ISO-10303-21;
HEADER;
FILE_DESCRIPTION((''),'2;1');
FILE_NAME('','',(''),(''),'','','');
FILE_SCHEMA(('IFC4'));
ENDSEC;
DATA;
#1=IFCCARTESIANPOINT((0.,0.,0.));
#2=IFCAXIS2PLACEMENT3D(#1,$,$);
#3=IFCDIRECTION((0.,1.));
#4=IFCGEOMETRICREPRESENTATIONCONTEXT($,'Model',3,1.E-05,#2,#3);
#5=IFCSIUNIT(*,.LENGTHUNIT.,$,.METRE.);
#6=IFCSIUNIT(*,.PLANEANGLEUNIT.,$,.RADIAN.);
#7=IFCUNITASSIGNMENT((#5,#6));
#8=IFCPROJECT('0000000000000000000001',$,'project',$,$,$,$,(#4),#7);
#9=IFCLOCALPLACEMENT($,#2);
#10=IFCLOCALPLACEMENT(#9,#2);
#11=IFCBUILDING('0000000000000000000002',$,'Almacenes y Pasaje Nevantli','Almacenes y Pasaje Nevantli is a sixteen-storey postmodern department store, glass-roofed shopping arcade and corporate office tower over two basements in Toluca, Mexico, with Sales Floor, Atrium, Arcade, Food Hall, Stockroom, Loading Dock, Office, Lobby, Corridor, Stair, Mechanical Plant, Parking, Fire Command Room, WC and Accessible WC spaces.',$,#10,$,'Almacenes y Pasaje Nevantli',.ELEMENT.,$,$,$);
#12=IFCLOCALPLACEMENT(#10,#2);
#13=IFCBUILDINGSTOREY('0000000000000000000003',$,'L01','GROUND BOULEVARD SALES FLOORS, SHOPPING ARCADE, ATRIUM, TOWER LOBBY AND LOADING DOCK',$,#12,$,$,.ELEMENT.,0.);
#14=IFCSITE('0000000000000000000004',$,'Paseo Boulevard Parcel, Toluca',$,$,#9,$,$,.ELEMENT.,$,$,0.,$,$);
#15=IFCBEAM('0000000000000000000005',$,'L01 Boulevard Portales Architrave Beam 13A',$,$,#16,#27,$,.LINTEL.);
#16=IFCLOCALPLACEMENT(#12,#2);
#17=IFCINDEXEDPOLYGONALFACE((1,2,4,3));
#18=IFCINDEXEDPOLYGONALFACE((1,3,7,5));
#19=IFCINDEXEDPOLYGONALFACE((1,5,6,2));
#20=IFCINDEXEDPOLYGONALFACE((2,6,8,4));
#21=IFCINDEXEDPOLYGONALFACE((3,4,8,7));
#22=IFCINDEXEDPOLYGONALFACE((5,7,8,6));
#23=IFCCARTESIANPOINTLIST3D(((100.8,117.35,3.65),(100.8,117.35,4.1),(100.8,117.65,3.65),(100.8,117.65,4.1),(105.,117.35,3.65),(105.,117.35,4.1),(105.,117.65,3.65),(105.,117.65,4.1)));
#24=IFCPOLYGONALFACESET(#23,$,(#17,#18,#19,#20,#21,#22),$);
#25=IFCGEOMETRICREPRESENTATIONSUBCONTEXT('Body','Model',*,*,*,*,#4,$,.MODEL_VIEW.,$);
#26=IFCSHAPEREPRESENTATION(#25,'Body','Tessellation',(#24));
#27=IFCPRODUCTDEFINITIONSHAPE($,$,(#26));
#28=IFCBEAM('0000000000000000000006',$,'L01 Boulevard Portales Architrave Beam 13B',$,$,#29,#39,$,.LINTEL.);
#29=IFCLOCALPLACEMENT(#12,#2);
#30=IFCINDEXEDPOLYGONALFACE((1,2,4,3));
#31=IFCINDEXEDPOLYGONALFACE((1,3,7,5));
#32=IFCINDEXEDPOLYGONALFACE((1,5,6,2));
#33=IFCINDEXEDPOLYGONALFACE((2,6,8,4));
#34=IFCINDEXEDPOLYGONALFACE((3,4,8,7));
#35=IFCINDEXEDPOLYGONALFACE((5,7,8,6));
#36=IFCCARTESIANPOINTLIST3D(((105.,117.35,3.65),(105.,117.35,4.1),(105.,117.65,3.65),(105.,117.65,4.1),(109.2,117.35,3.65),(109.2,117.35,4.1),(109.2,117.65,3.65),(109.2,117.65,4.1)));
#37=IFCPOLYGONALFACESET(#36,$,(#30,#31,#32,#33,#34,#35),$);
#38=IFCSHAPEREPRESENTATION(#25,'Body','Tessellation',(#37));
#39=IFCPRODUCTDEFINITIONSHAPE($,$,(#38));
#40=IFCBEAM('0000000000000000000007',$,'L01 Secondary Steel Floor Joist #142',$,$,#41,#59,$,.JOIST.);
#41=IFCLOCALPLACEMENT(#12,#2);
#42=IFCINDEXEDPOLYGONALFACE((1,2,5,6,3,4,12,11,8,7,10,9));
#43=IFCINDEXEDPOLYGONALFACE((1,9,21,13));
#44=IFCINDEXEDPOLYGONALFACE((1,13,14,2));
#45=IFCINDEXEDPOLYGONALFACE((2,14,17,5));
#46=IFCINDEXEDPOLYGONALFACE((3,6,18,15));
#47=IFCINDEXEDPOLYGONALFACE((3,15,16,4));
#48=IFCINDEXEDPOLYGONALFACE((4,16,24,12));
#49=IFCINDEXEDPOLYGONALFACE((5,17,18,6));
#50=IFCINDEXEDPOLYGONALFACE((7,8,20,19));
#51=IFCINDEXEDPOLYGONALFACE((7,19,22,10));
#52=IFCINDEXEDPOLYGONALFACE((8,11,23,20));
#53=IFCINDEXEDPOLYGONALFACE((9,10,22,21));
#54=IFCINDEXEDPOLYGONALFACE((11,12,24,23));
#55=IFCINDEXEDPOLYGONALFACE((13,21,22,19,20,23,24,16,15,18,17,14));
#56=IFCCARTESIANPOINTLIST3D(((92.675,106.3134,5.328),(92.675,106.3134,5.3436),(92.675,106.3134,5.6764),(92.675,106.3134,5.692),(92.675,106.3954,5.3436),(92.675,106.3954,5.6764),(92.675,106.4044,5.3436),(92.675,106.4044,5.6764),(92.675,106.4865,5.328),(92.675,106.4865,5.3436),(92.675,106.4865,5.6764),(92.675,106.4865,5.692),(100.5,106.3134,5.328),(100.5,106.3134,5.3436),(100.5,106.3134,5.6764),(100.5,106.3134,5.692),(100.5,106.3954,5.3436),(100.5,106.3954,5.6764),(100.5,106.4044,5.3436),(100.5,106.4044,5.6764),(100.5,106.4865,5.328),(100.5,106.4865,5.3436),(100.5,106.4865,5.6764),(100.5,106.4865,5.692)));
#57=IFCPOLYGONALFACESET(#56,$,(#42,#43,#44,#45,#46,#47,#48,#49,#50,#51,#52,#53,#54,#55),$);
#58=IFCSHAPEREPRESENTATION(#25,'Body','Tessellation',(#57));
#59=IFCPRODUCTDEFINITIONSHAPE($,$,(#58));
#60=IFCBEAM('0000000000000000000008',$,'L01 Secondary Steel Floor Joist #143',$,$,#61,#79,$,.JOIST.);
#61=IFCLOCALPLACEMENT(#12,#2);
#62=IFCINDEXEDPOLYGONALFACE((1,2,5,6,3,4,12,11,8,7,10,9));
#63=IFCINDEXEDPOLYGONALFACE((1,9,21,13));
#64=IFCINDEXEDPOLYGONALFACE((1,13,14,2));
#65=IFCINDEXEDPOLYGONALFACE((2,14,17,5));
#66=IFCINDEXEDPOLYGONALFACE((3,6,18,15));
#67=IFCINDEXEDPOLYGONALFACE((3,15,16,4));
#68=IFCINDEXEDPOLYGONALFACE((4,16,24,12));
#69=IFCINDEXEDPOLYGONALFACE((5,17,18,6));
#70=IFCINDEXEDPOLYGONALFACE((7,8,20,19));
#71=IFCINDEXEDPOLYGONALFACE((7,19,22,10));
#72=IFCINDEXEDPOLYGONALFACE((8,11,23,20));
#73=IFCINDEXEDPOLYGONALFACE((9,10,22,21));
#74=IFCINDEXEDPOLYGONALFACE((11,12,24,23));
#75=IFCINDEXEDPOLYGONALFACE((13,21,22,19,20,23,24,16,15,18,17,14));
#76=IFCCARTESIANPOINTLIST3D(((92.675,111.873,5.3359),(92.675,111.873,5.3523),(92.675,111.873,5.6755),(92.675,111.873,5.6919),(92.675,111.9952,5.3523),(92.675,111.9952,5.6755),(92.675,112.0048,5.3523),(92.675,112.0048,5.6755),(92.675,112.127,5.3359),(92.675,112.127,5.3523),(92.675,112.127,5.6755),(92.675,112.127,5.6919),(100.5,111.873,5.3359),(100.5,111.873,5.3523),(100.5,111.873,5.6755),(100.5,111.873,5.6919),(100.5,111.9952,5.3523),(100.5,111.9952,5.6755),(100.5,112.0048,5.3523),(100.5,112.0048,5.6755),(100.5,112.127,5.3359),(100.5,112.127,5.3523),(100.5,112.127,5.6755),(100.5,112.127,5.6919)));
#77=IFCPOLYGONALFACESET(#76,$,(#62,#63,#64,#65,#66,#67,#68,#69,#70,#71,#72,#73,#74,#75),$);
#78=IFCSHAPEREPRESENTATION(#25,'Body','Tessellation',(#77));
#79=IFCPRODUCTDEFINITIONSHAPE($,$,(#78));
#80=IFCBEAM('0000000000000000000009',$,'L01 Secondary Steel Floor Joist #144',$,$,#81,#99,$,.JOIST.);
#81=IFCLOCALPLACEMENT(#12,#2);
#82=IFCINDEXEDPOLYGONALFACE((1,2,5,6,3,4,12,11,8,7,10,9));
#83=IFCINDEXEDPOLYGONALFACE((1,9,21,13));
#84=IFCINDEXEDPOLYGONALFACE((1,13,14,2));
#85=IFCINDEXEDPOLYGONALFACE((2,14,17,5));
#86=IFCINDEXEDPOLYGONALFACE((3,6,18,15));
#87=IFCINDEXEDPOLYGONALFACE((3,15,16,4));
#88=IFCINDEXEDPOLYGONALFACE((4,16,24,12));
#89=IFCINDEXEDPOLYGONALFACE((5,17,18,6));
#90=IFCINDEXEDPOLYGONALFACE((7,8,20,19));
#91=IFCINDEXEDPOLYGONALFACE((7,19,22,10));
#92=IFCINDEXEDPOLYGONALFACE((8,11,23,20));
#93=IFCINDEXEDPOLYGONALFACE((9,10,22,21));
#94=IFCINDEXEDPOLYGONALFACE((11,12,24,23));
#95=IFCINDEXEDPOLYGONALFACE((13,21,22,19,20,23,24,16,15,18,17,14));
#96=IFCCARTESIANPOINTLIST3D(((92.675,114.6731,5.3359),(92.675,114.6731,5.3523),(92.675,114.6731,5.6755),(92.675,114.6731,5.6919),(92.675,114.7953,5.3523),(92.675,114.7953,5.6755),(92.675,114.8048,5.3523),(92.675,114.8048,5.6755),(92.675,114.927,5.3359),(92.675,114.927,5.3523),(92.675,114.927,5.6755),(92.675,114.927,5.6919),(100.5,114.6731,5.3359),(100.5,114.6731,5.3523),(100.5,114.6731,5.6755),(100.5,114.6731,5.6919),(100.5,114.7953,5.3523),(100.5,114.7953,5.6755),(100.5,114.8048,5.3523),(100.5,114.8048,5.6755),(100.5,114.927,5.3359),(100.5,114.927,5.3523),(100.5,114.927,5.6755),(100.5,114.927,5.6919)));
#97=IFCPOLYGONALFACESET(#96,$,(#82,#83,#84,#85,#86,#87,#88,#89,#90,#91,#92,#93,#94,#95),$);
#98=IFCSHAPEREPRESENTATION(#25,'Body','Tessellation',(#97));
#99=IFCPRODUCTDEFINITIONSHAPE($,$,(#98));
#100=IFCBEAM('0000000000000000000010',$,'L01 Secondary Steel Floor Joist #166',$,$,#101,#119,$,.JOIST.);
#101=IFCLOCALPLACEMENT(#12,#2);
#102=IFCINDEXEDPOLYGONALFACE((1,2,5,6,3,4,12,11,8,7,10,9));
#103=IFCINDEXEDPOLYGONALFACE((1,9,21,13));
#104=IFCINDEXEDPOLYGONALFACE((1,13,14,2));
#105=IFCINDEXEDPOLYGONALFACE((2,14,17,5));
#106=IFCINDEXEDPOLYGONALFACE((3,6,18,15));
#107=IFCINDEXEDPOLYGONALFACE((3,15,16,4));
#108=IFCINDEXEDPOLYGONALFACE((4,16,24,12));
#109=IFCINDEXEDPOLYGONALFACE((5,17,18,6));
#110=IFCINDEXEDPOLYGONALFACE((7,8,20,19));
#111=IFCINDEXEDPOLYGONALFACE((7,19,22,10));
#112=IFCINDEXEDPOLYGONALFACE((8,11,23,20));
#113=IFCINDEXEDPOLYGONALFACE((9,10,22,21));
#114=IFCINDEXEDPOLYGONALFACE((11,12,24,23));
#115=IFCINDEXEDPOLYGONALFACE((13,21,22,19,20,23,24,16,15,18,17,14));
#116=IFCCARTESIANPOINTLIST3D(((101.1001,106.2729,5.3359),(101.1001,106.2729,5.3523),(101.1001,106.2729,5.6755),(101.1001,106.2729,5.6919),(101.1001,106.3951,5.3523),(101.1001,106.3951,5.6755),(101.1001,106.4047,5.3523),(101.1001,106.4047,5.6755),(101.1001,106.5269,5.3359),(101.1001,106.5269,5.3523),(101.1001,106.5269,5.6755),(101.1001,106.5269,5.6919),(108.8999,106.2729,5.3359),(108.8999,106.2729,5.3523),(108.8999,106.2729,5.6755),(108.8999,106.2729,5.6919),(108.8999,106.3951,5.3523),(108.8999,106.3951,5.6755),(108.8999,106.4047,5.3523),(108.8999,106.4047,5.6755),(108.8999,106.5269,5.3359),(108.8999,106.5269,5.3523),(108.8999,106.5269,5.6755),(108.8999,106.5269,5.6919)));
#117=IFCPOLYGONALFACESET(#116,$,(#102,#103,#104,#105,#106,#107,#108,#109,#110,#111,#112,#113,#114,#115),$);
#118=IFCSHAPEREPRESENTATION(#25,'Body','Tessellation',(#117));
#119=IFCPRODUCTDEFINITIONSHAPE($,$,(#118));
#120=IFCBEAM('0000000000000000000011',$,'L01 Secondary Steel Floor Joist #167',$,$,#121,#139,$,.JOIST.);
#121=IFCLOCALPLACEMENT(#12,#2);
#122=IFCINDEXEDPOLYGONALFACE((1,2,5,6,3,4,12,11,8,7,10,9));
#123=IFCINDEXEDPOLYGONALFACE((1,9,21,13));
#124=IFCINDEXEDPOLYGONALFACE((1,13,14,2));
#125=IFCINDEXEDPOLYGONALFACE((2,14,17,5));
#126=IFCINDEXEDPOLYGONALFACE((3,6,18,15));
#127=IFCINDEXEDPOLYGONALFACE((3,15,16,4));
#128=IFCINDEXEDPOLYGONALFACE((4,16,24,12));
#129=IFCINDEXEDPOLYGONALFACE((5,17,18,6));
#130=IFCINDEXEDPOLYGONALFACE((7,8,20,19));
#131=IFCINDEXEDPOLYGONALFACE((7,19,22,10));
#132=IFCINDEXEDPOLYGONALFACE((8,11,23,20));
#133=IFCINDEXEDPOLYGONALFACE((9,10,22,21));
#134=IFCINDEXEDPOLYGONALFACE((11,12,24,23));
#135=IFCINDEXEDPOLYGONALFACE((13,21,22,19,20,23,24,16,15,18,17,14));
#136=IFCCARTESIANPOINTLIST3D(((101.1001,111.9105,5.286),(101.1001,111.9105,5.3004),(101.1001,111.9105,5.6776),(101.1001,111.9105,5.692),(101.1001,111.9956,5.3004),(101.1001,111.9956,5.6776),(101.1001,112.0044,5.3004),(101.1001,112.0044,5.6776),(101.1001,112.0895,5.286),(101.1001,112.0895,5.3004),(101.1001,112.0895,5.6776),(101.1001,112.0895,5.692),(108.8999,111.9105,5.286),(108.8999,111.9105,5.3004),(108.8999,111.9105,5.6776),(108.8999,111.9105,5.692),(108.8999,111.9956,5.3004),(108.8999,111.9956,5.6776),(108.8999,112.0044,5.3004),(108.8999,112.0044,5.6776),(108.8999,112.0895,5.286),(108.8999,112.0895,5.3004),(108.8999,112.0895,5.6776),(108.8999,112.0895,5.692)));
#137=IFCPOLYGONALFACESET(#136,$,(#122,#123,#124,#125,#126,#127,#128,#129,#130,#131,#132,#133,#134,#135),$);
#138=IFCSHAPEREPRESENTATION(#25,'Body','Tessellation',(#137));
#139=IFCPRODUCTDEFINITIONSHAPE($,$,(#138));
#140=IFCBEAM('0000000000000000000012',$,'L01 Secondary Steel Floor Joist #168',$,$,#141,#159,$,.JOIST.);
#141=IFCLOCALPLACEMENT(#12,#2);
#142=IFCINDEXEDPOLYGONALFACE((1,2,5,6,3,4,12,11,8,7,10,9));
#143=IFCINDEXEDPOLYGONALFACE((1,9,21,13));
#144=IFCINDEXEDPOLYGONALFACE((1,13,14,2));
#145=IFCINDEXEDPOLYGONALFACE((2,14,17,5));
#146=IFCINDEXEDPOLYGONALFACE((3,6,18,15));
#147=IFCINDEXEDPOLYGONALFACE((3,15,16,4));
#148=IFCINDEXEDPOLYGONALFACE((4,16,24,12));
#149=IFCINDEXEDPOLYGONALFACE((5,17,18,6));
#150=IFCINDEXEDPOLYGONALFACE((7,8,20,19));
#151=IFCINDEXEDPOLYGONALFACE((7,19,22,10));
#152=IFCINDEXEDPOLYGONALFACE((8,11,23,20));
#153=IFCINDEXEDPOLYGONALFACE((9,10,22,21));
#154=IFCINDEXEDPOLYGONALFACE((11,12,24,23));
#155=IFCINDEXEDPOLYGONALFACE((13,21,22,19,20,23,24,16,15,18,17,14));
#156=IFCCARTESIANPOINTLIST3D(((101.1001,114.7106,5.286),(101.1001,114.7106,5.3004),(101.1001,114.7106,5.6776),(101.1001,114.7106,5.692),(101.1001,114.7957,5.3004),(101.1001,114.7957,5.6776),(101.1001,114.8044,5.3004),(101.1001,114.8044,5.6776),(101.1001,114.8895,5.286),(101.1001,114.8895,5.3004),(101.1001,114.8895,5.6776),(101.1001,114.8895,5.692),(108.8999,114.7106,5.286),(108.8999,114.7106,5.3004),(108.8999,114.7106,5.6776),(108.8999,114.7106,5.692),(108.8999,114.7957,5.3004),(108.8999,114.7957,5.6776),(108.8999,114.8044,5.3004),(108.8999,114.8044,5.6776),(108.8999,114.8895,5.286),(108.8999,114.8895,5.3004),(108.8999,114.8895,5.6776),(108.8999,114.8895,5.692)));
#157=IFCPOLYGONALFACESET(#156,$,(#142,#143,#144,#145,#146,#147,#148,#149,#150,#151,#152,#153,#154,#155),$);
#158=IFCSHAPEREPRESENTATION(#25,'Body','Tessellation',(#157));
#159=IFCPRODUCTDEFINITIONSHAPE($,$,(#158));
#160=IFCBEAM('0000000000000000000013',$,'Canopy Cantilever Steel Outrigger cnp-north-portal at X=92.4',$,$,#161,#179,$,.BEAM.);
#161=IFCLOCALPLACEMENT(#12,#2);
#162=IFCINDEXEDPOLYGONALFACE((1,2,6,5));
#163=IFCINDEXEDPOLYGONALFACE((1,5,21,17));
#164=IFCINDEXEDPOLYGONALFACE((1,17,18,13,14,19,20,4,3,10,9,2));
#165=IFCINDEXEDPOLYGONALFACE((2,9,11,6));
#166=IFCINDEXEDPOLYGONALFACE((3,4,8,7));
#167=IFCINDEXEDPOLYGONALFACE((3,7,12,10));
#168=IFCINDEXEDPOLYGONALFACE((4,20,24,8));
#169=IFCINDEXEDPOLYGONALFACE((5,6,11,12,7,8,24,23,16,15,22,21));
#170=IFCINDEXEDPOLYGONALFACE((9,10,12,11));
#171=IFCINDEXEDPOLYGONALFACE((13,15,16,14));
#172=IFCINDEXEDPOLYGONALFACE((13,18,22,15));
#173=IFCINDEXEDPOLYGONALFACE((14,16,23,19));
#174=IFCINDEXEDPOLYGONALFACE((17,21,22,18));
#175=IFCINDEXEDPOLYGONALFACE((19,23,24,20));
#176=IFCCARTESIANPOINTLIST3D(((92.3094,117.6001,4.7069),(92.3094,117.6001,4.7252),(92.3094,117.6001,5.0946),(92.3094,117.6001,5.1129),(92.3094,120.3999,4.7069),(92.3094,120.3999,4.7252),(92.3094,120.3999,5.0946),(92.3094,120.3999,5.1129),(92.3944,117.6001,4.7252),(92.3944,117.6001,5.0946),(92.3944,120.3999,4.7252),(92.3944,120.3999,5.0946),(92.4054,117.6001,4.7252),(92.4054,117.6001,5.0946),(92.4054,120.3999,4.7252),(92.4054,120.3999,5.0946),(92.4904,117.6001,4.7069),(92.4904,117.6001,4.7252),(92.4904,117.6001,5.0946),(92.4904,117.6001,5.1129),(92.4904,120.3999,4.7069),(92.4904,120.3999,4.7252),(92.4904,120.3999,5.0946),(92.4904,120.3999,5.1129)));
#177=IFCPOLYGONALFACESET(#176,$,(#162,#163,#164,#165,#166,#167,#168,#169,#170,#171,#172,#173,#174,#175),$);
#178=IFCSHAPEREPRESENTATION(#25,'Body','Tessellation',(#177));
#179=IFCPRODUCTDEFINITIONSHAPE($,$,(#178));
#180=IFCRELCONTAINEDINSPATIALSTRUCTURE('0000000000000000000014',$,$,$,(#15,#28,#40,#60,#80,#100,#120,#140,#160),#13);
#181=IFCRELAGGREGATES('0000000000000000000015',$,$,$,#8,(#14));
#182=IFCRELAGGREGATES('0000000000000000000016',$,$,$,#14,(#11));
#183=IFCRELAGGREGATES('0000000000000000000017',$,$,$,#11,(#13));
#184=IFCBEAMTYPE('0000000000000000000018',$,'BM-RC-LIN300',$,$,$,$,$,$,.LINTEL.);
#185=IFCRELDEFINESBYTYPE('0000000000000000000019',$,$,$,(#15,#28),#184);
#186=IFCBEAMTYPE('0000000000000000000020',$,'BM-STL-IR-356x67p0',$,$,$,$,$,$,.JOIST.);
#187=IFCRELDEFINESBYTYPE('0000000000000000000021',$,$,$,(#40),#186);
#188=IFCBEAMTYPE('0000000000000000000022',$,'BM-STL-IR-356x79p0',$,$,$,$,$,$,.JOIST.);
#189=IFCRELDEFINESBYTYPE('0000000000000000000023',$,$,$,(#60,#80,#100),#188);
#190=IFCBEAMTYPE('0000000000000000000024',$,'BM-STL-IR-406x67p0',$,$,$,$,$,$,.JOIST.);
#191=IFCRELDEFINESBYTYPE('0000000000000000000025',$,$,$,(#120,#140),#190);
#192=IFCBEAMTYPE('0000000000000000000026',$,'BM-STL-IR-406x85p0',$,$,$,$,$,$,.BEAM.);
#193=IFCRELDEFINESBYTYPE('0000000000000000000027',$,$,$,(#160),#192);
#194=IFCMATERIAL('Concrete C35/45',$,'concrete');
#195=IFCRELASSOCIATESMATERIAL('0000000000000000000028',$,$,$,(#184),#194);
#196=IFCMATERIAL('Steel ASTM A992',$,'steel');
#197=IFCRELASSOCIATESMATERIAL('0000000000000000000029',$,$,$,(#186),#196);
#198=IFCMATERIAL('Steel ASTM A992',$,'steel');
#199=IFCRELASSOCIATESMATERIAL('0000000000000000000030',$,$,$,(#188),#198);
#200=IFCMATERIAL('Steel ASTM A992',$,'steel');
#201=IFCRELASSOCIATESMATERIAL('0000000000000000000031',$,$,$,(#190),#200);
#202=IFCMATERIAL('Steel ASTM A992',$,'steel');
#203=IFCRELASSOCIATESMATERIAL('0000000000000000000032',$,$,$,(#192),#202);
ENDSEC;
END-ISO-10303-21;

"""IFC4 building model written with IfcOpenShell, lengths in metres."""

from ifc_helpers import new_model, si_unit, direction, frame, origin, origin_2d, place, context, subcontext, project, spatial, rectangle, i_section, extrude, material, material_profile, profile_set, type_object, element, save


model = new_model("IFC4")

# Units and contexts
model_context = context("Model", 3, precision=1e-05, world=origin(), true_north=direction((0.0, 1.0)))
body_context = subcontext(model_context, "Body", "Model", "MODEL_VIEW")
ifc_project = project(units=[si_unit("LENGTHUNIT", "METRE"), si_unit("PLANEANGLEUNIT", "RADIAN")], contexts=[model_context])

# Site, building, storey
site_placement = place(None, origin())
site = spatial("IfcSite", under=ifc_project, at=site_placement, Name="Paseo Boulevard Parcel, Toluca", CompositionType="ELEMENT", RefElevation=0.0)
building_placement = place(site_placement, origin())
building = spatial("IfcBuilding", under=site, at=building_placement, Name="Almacenes y Pasaje Nevantli", Description="Almacenes y Pasaje Nevantli is a sixteen-storey postmodern department store, glass-roofed shopping arcade and corporate office tower over two basements in Toluca, Mexico, with Sales Floor, Atrium, Arcade, Food Hall, Stockroom, Loading Dock, Office, Lobby, Corridor, Stair, Mechanical Plant, Parking, Fire Command Room, WC and Accessible WC spaces.", LongName="Almacenes y Pasaje Nevantli", CompositionType="ELEMENT")
storey_placement = place(building_placement, origin())
storey = spatial("IfcBuildingStorey", under=building, at=storey_placement, Name="L01", Description="GROUND BOULEVARD SALES FLOORS, SHOPPING ARCADE, ATRIUM, TOWER LOBBY AND LOADING DOCK", CompositionType="ELEMENT", Elevation=0.0)

# Beams
ifc_material_1 = material(Name="Concrete C35/45", Category="concrete")
ifc_material_profile_1 = material_profile(ifc_material_1, rectangle(XDim=0.3, YDim=0.45, at=origin_2d()), Name="RC-LIN-300x450")
ifc_profile_set_1 = profile_set([ifc_material_profile_1], Name="Concrete C35/45")
beam_type_1 = type_object("IfcBeamType", Name="BM-RC-LIN300", PredefinedType="LINTEL", material=ifc_profile_set_1)
for number, where, z_axis, x_axis, name in (
    (1, (100.8, 117.5, 3.875), (1.0, 0.0, 0.0), (0.0, 1.0, 0.0), "L01 Boulevard Portales Architrave Beam 13A"),
    (2, (105.0, 117.5, 3.875), (1.0, 0.0, 0.0), (0.0, 1.0, 0.0), "L01 Boulevard Portales Architrave Beam 13B"),
):
    element("IfcBeam", number, at=place(storey_placement, frame(where, z_axis=z_axis, x_axis=x_axis)), inside=storey, type_object=beam_type_1, Name=name, PredefinedType="LINTEL", context=body_context, shape_type="SweptSolid", body=[
        extrude(rectangle(XDim=0.3, YDim=0.45, at=origin_2d()), origin(), (0.0, 0.0, 1.0), 4.2),
    ])
ifc_material_2 = material(Name="Steel ASTM A992", Category="steel")
ifc_material_profile_2 = material_profile(ifc_material_2, i_section(OverallWidth=0.1731, OverallDepth=0.364, WebThickness=0.009, FlangeThickness=0.0156, at=origin_2d()), Name="IR 356x67.0")
ifc_profile_set_2 = profile_set([ifc_material_profile_2], Name="Steel ASTM A992")
beam_type_2 = type_object("IfcBeamType", Name="BM-STL-IR-356x67p0", PredefinedType="JOIST", material=ifc_profile_set_2)
beam_1_placement = place(storey_placement, frame((92.675, 106.3999, 5.51), z_axis=(1.0, 0.0, 0.0), x_axis=(0.0, 1.0, 0.0)))
element("IfcBeam", 3, at=beam_1_placement, inside=storey, type_object=beam_type_2, Name="L01 Secondary Steel Floor Joist #142", PredefinedType="JOIST", context=body_context, shape_type="SweptSolid", body=[
    extrude(i_section(OverallWidth=0.1731, OverallDepth=0.364, WebThickness=0.009, FlangeThickness=0.0156, at=origin_2d()), origin(), (0.0, 0.0, 1.0), 7.825),
])
ifc_material_3 = material(Name="Steel ASTM A992", Category="steel")
ifc_material_profile_3 = material_profile(ifc_material_3, i_section(OverallWidth=0.2539, OverallDepth=0.356, WebThickness=0.0095, FlangeThickness=0.0164, at=origin_2d()), Name="IR 356x79.0")
ifc_profile_set_3 = profile_set([ifc_material_profile_3], Name="Steel ASTM A992")
beam_type_3 = type_object("IfcBeamType", Name="BM-STL-IR-356x79p0", PredefinedType="JOIST", material=ifc_profile_set_3)
for number, where, z_axis, x_axis, name in (
    (4, (92.675, 112.0, 5.5139), (1.0, 0.0, 0.0), (0.0, 1.0, 0.0), "L01 Secondary Steel Floor Joist #143"),
    (5, (92.675, 114.8, 5.5139), (1.0, 0.0, 0.0), (0.0, 1.0, 0.0), "L01 Secondary Steel Floor Joist #144"),
):
    element("IfcBeam", number, at=place(storey_placement, frame(where, z_axis=z_axis, x_axis=x_axis)), inside=storey, type_object=beam_type_3, Name=name, PredefinedType="JOIST", context=body_context, shape_type="SweptSolid", body=[
        extrude(i_section(OverallWidth=0.2539, OverallDepth=0.356, WebThickness=0.0095, FlangeThickness=0.0164, at=origin_2d()), origin(), (0.0, 0.0, 1.0), 7.825),
    ])
beam_2_placement = place(storey_placement, frame((101.1001, 106.3999, 5.5139), z_axis=(1.0, 0.0, 0.0), x_axis=(0.0, 1.0, 0.0)))
element("IfcBeam", 6, at=beam_2_placement, inside=storey, type_object=beam_type_3, Name="L01 Secondary Steel Floor Joist #166", PredefinedType="JOIST", context=body_context, shape_type="SweptSolid", body=[
    extrude(i_section(OverallWidth=0.2539, OverallDepth=0.356, WebThickness=0.0095, FlangeThickness=0.0164, at=origin_2d()), origin(), (0.0, 0.0, 1.0), 7.7998),
])
ifc_material_4 = material(Name="Steel ASTM A992", Category="steel")
ifc_material_profile_4 = material_profile(ifc_material_4, i_section(OverallWidth=0.179, OverallDepth=0.406, WebThickness=0.0088, FlangeThickness=0.0144, at=origin_2d()), Name="IR 406x67.0")
ifc_profile_set_4 = profile_set([ifc_material_profile_4], Name="Steel ASTM A992")
beam_type_4 = type_object("IfcBeamType", Name="BM-STL-IR-406x67p0", PredefinedType="JOIST", material=ifc_profile_set_4)
for number, where, z_axis, x_axis, name in (
    (7, (101.1001, 112.0, 5.489), (1.0, 0.0, 0.0), (0.0, 1.0, 0.0), "L01 Secondary Steel Floor Joist #167"),
    (8, (101.1001, 114.8, 5.489), (1.0, 0.0, 0.0), (0.0, 1.0, 0.0), "L01 Secondary Steel Floor Joist #168"),
):
    element("IfcBeam", number, at=place(storey_placement, frame(where, z_axis=z_axis, x_axis=x_axis)), inside=storey, type_object=beam_type_4, Name=name, PredefinedType="JOIST", context=body_context, shape_type="SweptSolid", body=[
        extrude(i_section(OverallWidth=0.179, OverallDepth=0.406, WebThickness=0.0088, FlangeThickness=0.0144, at=origin_2d()), origin(), (0.0, 0.0, 1.0), 7.7998),
    ])
ifc_material_5 = material(Name="Steel ASTM A992", Category="steel")
ifc_material_profile_5 = material_profile(ifc_material_5, i_section(OverallWidth=0.1809, OverallDepth=0.406, WebThickness=0.011, FlangeThickness=0.0183, at=origin_2d()), Name="IR 406x85.0")
ifc_profile_set_5 = profile_set([ifc_material_profile_5], Name="Steel ASTM A992")
beam_type_5 = type_object("IfcBeamType", Name="BM-STL-IR-406x85p0", PredefinedType="BEAM", material=ifc_profile_set_5)
beam_3_placement = place(storey_placement, frame((92.3999, 117.6001, 4.9099), z_axis=(0.0, 1.0, 0.0), x_axis=(-1.0, 0.0, 0.0)))
element("IfcBeam", 9, at=beam_3_placement, inside=storey, type_object=beam_type_5, Name="Canopy Cantilever Steel Outrigger cnp-north-portal at X=92.4", PredefinedType="BEAM", context=body_context, shape_type="SweptSolid", body=[
    extrude(i_section(OverallWidth=0.1809, OverallDepth=0.406, WebThickness=0.011, FlangeThickness=0.0183, at=origin_2d()), origin(), (0.0, 0.0, 1.0), 2.7998),
])

save(model, "model.ifc")
